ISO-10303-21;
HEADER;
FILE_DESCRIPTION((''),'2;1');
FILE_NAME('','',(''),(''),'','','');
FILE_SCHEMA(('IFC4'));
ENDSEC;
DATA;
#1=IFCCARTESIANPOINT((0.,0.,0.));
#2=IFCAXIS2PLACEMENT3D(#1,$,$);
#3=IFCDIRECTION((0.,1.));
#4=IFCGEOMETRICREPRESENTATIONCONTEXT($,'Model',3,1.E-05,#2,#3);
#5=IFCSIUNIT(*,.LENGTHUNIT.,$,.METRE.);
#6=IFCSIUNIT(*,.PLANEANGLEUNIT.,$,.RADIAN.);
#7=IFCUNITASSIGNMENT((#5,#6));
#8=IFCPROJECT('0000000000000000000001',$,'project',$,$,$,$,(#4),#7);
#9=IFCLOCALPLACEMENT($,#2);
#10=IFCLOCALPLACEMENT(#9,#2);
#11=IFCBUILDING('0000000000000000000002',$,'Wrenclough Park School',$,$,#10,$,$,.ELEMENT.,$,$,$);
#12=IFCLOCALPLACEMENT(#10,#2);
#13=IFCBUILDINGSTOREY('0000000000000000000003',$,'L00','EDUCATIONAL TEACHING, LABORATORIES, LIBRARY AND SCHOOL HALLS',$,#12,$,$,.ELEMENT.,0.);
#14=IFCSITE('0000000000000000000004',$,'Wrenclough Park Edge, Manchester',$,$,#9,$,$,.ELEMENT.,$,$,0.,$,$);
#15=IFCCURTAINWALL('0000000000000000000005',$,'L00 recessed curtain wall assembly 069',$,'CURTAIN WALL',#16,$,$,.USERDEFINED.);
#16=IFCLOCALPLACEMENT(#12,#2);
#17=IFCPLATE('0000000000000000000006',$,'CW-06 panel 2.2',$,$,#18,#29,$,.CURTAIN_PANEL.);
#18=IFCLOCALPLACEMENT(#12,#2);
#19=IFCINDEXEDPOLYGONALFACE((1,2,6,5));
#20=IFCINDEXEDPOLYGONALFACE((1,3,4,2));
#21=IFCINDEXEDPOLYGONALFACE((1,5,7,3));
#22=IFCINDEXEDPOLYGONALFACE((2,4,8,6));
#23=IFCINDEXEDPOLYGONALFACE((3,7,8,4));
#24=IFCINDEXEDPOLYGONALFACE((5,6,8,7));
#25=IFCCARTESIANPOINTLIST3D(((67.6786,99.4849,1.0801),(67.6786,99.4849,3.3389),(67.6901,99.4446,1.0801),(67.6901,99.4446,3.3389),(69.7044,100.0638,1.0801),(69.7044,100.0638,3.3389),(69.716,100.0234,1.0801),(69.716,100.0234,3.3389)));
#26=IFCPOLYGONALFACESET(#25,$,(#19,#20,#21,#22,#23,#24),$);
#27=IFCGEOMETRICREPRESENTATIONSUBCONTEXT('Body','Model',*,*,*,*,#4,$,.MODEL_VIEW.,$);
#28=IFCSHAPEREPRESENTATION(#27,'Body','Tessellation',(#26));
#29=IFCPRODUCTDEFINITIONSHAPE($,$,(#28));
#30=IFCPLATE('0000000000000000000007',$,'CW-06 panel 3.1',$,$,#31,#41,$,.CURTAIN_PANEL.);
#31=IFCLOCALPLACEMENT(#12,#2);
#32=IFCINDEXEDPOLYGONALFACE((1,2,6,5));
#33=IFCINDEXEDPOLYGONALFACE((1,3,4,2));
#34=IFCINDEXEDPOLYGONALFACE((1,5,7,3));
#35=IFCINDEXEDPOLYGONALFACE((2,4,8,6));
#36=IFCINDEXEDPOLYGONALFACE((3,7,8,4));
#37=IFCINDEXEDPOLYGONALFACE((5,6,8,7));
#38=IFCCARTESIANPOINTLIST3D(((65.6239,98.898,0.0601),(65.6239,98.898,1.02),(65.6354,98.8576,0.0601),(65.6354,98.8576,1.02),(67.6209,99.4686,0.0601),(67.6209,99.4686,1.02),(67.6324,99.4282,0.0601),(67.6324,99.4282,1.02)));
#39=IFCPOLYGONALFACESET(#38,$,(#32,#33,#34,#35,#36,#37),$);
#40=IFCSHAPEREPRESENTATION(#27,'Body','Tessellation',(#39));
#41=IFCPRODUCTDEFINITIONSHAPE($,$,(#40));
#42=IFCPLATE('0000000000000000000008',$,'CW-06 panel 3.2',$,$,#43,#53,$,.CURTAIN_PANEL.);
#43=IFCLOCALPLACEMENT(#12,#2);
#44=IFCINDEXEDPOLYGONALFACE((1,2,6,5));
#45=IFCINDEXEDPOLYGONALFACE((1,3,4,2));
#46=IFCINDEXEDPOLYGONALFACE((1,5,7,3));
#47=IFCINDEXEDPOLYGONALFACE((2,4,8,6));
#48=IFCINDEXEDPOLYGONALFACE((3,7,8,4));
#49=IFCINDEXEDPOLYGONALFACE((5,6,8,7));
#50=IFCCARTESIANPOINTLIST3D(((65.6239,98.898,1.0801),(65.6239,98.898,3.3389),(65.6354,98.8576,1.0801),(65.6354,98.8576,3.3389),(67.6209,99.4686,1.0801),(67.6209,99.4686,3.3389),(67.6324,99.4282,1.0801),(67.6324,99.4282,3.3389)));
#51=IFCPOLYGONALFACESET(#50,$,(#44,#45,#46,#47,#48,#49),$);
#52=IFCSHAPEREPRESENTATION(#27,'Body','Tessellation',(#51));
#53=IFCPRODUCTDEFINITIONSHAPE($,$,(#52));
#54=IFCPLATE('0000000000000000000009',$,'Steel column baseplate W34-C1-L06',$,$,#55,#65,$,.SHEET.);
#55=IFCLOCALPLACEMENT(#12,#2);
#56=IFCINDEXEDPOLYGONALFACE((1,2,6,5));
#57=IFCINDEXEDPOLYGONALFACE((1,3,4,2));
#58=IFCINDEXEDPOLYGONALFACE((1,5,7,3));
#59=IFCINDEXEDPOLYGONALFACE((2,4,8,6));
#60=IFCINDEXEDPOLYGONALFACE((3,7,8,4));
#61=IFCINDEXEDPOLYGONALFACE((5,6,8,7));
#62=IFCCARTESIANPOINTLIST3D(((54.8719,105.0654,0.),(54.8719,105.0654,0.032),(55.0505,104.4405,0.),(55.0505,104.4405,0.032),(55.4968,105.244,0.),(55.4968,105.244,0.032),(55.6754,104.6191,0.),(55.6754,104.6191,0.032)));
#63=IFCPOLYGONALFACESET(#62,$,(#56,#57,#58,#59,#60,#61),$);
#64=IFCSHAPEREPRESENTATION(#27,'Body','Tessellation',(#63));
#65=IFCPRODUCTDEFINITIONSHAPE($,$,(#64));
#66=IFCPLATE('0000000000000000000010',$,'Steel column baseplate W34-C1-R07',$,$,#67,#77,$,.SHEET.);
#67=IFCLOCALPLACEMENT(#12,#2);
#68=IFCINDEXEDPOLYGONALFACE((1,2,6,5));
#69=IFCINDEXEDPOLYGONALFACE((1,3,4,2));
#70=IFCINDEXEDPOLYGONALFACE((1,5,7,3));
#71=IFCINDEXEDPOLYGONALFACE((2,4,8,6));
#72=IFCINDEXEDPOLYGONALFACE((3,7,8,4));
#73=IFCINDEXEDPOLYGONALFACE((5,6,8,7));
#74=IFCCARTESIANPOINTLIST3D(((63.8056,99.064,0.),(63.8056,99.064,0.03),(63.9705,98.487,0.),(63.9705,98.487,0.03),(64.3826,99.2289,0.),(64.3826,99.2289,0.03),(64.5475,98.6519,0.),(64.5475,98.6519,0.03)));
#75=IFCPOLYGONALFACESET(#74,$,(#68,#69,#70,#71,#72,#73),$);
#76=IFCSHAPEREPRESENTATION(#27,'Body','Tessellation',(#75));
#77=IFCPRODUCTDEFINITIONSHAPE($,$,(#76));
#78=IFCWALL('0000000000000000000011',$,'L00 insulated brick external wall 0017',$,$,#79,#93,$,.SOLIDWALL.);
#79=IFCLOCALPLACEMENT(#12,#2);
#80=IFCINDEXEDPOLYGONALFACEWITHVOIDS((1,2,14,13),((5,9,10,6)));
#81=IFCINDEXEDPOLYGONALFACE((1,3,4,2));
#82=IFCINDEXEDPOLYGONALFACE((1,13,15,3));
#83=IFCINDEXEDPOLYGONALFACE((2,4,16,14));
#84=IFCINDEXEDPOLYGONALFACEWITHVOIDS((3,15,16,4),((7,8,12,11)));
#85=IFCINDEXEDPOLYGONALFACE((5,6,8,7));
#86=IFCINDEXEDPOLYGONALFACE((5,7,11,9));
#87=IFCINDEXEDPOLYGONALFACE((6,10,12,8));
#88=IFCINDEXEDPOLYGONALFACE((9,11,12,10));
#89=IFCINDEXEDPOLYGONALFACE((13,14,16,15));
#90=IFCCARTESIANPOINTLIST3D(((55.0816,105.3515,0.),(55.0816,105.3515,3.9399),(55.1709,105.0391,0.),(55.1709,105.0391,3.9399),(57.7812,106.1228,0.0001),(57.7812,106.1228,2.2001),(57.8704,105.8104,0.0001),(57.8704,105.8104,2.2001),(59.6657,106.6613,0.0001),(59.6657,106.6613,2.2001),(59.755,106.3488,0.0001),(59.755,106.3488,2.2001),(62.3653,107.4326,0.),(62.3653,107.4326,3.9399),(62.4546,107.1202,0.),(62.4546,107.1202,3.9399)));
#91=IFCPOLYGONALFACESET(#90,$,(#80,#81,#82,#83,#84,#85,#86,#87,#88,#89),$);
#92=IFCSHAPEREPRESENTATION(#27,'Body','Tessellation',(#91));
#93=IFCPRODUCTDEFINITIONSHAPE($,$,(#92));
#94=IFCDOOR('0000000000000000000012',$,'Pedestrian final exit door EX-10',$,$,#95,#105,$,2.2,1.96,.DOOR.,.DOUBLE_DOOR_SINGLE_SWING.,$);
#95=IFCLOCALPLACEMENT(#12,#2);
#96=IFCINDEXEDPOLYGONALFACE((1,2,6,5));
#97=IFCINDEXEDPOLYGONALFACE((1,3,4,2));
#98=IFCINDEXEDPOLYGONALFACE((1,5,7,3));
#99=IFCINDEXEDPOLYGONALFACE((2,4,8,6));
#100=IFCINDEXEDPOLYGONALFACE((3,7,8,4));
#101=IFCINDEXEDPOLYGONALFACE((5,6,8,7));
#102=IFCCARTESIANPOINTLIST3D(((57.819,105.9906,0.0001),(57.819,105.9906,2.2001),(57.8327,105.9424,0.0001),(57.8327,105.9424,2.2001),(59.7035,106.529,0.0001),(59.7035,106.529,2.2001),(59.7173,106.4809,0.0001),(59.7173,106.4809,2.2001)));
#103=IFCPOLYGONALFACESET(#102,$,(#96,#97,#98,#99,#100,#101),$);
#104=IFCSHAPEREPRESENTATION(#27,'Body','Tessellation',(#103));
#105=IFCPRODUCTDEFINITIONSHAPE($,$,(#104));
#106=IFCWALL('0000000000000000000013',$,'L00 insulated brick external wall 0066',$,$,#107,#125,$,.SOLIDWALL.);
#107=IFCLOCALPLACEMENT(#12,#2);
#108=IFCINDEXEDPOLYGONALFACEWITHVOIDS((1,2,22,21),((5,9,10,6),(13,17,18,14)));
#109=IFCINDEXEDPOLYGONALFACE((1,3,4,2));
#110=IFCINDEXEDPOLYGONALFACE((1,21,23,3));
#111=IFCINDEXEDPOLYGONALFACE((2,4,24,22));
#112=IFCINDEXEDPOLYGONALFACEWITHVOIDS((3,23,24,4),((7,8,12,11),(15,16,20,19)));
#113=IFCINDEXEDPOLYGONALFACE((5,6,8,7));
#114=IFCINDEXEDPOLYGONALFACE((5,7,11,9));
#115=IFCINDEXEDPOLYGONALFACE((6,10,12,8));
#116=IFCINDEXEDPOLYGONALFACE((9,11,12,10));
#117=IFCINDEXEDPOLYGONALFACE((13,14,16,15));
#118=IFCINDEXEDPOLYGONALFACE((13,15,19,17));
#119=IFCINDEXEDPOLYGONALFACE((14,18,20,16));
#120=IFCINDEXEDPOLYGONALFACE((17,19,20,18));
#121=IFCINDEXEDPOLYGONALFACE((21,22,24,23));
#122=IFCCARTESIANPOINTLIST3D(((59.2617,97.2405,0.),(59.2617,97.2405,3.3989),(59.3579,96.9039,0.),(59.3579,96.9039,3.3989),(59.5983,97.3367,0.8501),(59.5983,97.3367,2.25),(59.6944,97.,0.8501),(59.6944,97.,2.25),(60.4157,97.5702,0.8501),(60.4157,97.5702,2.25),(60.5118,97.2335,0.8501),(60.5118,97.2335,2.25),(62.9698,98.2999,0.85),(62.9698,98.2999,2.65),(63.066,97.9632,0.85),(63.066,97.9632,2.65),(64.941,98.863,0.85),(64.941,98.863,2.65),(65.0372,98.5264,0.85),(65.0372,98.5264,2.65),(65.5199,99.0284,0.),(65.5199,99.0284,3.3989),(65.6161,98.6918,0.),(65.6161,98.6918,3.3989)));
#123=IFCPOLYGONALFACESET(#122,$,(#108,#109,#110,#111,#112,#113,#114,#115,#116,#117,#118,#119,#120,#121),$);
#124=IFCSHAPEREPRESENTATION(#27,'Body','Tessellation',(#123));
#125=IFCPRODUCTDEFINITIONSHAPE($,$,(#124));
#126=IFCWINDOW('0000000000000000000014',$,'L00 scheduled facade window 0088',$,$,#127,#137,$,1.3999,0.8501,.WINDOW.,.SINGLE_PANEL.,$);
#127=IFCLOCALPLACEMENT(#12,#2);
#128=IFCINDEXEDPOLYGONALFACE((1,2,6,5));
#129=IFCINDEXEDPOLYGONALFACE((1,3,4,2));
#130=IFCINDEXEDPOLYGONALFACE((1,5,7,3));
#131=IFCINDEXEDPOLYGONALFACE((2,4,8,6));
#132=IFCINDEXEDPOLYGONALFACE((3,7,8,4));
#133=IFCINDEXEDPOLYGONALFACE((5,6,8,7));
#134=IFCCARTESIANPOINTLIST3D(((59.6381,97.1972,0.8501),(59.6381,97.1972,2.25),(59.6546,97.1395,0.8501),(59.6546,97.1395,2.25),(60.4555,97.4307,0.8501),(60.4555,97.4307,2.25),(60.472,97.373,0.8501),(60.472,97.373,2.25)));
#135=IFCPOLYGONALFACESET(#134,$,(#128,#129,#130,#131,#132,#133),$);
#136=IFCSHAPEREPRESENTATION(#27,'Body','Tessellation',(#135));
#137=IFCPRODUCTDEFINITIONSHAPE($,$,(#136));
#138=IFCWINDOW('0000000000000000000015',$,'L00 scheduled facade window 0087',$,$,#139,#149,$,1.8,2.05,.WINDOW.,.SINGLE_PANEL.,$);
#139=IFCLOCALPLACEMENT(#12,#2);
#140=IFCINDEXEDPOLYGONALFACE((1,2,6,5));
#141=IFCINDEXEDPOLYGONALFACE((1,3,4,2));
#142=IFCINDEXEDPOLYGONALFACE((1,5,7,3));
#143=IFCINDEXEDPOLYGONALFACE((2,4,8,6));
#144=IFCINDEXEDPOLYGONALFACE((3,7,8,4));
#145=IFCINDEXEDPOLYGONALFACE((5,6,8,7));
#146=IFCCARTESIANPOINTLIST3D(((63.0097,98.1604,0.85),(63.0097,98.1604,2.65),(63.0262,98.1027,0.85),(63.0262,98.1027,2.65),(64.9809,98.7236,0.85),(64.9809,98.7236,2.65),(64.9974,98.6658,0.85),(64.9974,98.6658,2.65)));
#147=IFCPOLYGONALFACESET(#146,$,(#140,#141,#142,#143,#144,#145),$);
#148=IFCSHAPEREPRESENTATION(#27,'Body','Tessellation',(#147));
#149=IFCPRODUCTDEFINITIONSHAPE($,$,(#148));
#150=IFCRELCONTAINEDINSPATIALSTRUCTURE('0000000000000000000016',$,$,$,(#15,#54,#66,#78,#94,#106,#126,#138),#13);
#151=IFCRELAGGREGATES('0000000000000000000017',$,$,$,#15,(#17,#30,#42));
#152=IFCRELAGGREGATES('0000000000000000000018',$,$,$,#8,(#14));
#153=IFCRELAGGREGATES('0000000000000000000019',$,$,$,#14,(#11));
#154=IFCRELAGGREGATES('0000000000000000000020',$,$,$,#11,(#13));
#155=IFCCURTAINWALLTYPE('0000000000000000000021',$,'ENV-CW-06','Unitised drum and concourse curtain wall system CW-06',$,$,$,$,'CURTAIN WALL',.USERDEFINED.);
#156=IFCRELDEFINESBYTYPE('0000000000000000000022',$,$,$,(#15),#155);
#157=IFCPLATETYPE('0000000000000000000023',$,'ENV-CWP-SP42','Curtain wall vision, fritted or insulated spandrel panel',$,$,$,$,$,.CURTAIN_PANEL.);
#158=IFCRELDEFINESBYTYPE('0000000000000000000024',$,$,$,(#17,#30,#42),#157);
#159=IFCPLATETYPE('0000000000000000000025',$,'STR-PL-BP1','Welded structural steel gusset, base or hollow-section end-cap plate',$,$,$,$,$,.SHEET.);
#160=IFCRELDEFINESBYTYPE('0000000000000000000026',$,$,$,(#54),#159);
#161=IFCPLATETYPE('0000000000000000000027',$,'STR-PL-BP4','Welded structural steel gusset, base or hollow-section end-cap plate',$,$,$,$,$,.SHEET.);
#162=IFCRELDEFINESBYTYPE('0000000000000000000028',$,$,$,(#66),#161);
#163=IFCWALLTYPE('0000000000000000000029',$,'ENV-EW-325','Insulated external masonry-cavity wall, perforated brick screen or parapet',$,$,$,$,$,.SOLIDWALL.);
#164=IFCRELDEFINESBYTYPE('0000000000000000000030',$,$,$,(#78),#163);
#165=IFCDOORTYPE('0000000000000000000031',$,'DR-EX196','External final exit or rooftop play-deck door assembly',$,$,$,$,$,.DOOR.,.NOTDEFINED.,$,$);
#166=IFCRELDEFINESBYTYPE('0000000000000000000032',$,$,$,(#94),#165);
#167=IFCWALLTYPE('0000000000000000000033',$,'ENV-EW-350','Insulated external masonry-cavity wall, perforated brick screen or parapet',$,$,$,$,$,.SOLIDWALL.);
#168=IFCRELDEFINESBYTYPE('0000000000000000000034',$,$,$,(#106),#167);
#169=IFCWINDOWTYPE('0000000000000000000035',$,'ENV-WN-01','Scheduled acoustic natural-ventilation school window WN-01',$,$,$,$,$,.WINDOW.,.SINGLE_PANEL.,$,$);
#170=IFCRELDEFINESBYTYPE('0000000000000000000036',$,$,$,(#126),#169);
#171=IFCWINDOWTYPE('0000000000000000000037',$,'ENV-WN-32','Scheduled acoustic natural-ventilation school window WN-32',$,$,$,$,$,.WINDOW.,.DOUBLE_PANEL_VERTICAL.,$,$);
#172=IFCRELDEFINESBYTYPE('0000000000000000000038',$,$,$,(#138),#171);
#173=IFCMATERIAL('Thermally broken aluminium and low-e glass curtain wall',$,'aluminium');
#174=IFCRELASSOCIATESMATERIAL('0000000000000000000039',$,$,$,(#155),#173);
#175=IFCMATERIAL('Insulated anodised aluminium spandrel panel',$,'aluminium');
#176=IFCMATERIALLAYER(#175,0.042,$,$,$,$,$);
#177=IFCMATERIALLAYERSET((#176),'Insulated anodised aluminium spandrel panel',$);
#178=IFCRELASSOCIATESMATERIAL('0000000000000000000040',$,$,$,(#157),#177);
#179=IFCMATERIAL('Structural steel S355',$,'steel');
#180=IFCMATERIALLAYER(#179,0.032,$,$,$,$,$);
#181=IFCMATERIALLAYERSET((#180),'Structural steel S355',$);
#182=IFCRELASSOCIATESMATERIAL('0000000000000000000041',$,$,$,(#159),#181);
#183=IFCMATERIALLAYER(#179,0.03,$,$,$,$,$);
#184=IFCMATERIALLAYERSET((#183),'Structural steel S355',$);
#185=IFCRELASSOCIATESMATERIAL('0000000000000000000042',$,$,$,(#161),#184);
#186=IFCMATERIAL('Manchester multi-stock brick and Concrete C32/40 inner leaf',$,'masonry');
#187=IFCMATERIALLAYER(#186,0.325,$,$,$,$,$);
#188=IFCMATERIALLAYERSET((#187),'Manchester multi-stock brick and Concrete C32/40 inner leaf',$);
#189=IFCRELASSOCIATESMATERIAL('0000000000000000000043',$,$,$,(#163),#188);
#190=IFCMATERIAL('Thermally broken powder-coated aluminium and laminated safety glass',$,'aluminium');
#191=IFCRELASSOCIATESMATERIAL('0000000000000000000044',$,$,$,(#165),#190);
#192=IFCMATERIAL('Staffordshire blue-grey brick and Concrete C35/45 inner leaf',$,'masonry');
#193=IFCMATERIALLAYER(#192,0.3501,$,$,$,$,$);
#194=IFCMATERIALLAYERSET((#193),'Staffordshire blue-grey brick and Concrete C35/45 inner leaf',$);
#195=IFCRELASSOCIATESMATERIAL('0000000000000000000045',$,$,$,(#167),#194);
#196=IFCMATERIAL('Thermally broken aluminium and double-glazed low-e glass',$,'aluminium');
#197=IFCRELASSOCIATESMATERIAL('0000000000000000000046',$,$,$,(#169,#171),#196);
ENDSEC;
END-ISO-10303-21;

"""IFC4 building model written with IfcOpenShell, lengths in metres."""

from ifc_helpers import new_model, si_unit, direction, frame, frame_2d, origin, origin_2d, place, context, subcontext, project, spatial, rectangle, extrude, material, layer, layer_set, type_object, element, fill, aggregate, save


model = new_model("IFC4")

# Units and contexts
model_context = context("Model", 3, precision=1e-05, world=origin(), true_north=direction((0.0, 1.0)))
body_context = subcontext(model_context, "Body", "Model", "MODEL_VIEW")
ifc_project = project(units=[si_unit("LENGTHUNIT", "METRE"), si_unit("PLANEANGLEUNIT", "RADIAN")], contexts=[model_context])

# Site, building, storey
site_placement = place(None, origin())
site = spatial("IfcSite", under=ifc_project, at=site_placement, Name="Wrenclough Park Edge, Manchester", CompositionType="ELEMENT", RefElevation=0.0)
building_placement = place(site_placement, origin())
building = spatial("IfcBuilding", under=site, at=building_placement, Name="Wrenclough Park School", CompositionType="ELEMENT")
storey_placement = place(building_placement, origin())
storey = spatial("IfcBuildingStorey", under=building, at=storey_placement, Name="L00", Description="EDUCATIONAL TEACHING, LABORATORIES, LIBRARY AND SCHOOL HALLS", CompositionType="ELEMENT", Elevation=0.0)

# Shared definitions
ifc_material_1 = material(Name="Structural steel S355", Category="steel")

# Curtain wall
ifc_material_2 = material(Name="Thermally broken aluminium and low-e glass curtain wall", Category="aluminium")
curtain_wall_type_1 = type_object("IfcCurtainWallType", Name="ENV-CW-06", Description="Unitised drum and concourse curtain wall system CW-06", ElementType="CURTAIN WALL", PredefinedType="USERDEFINED", material=ifc_material_2)
curtain_wall_1_placement = place(storey_placement, origin())
curtain_wall_1 = element("IfcCurtainWall", 1, at=curtain_wall_1_placement, inside=storey, type_object=curtain_wall_type_1, Name="L00 recessed curtain wall assembly 069", ObjectType="CURTAIN WALL", PredefinedType="USERDEFINED")

# Plates
ifc_material_3 = material(Name="Insulated anodised aluminium spandrel panel", Category="aluminium")
ifc_layer_1 = layer(ifc_material_3, 0.042)
ifc_layer_set_1 = layer_set([ifc_layer_1], Name="Insulated anodised aluminium spandrel panel")
plate_type_1 = type_object("IfcPlateType", Name="ENV-CWP-SP42", Description="Curtain wall vision, fritted or insulated spandrel panel", PredefinedType="CURTAIN_PANEL", material=ifc_layer_set_1)
plate_1_placement = place(storey_placement, frame((68.6973, 99.7542, 1.0801), z_axis=(0.0, 0.0, 1.0), x_axis=(-0.961523, -0.274723, 0.0)))
plate_1 = element("IfcPlate", 2, at=plate_1_placement, type_object=plate_type_1, Name="CW-06 panel 2.2", PredefinedType="CURTAIN_PANEL", context=body_context, shape_type="SweptSolid", body=[
    extrude(rectangle(XDim=2.1069, YDim=0.042, at=origin_2d()), origin(), (0.0, 0.0, 1.0), 2.2588),
])
plate_2_placement = place(storey_placement, frame((66.6282, 99.1631, 0.0601), z_axis=(0.0, 0.0, 1.0), x_axis=(-0.961523, -0.274723, 0.0)))
plate_2 = element("IfcPlate", 3, at=plate_2_placement, type_object=plate_type_1, Name="CW-06 panel 3.1", PredefinedType="CURTAIN_PANEL", context=body_context, shape_type="SweptSolid", body=[
    extrude(rectangle(XDim=2.0769, YDim=0.042, at=origin_2d()), origin(), (0.0, 0.0, 1.0), 0.96),
])
plate_3_placement = place(storey_placement, frame((66.6282, 99.1631, 1.0801), z_axis=(0.0, 0.0, 1.0), x_axis=(-0.961523, -0.274723, 0.0)))
plate_3 = element("IfcPlate", 4, at=plate_3_placement, type_object=plate_type_1, Name="CW-06 panel 3.2", PredefinedType="CURTAIN_PANEL", context=body_context, shape_type="SweptSolid", body=[
    extrude(rectangle(XDim=2.0769, YDim=0.042, at=origin_2d()), origin(), (0.0, 0.0, 1.0), 2.2588),
])
aggregate(curtain_wall_1, [plate_1, plate_2, plate_3])

# Plates
ifc_layer_2 = layer(ifc_material_1, 0.032)
ifc_layer_set_2 = layer_set([ifc_layer_2], Name="Structural steel S355")
plate_type_2 = type_object("IfcPlateType", Name="STR-PL-BP1", Description="Welded structural steel gusset, base or hollow-section end-cap plate", PredefinedType="SHEET", material=ifc_layer_set_2)
plate_4_placement = place(storey_placement, frame((55.2737, 104.8423, 0.0), z_axis=(0.0, 0.0, 1.0), x_axis=(0.961502, 0.274798, 0.0)))
element("IfcPlate", 5, at=plate_4_placement, inside=storey, type_object=plate_type_2, Name="Steel column baseplate W34-C1-L06", PredefinedType="SHEET", context=body_context, shape_type="SweptSolid", body=[
    extrude(rectangle(XDim=0.6499, YDim=0.6499, at=origin_2d()), origin(), (0.0, 0.0, 1.0), 0.032),
])
ifc_layer_3 = layer(ifc_material_1, 0.03)
ifc_layer_set_3 = layer_set([ifc_layer_3], Name="Structural steel S355")
plate_type_3 = type_object("IfcPlateType", Name="STR-PL-BP4", Description="Welded structural steel gusset, base or hollow-section end-cap plate", PredefinedType="SHEET", material=ifc_layer_set_3)
plate_5_placement = place(storey_placement, frame((64.1765, 98.8579, 0.0), z_axis=(0.0, 0.0, 1.0), x_axis=(0.961502, 0.274798, 0.0)))
element("IfcPlate", 6, at=plate_5_placement, inside=storey, type_object=plate_type_3, Name="Steel column baseplate W34-C1-R07", PredefinedType="SHEET", context=body_context, shape_type="SweptSolid", body=[
    extrude(rectangle(XDim=0.6001, YDim=0.6001, at=origin_2d()), origin(), (0.0, 0.0, 1.0), 0.03),
])

# Wall, opening, door
ifc_material_4 = material(Name="Manchester multi-stock brick and Concrete C32/40 inner leaf", Category="masonry")
ifc_layer_4 = layer(ifc_material_4, 0.325)
ifc_layer_set_4 = layer_set([ifc_layer_4], Name="Manchester multi-stock brick and Concrete C32/40 inner leaf")
wall_type_1 = type_object("IfcWallType", Name="ENV-EW-325", Description="Insulated external masonry-cavity wall, perforated brick screen or parapet", PredefinedType="SOLIDWALL", material=ifc_layer_set_4)
wall_1_placement = place(storey_placement, frame((55.1262, 105.1953, 0.0), z_axis=(0.0, 0.0, 1.0), x_axis=(0.961524, 0.274721, 0.0)))
wall_1 = element("IfcWall", 7, at=wall_1_placement, inside=storey, type_object=wall_type_1, Name="L00 insulated brick external wall 0017", PredefinedType="SOLIDWALL", context=body_context, shape_type="SweptSolid", body=[
    extrude(rectangle(XDim=7.5752, YDim=0.325, at=frame_2d((3.7876, 0.0))), origin(), (0.0, 0.0, 1.0), 3.9399),
])
opening_1_placement = place(wall_1_placement, frame((2.8076, 0.0, 0.0)))
opening_1 = element("IfcOpeningElement", 8, at=opening_1_placement, cuts=wall_1, PredefinedType="OPENING", context=body_context, shape_type="SweptSolid", body=[
    extrude(rectangle(XDim=1.96, YDim=2.2, at=frame_2d((0.98, 1.1001))), frame((0.0, 0.1724, 0.0), z_axis=(0.0, -1.0, 0.0), x_axis=(1.0, 0.0, 0.0)), (0.0, 0.0, 1.0), 0.345),
])
ifc_material_5 = material(Name="Thermally broken powder-coated aluminium and laminated safety glass", Category="aluminium")
door_type_1 = type_object("IfcDoorType", Name="DR-EX196", Description="External final exit or rooftop play-deck door assembly", OperationType="NOTDEFINED", PredefinedType="DOOR", material=ifc_material_5)
door_1_placement = place(opening_1_placement, origin())
door_1 = element("IfcDoor", 9, at=door_1_placement, inside=storey, type_object=door_type_1, Name="Pedestrian final exit door EX-10", OperationType="DOUBLE_DOOR_SINGLE_SWING", OverallHeight=2.2, OverallWidth=1.96, PredefinedType="DOOR", context=body_context, shape_type="SweptSolid", body=[
    extrude(rectangle(XDim=1.96, YDim=2.2, at=frame_2d((0.98, 1.1001))), frame((0.0, 0.0249, 0.0), z_axis=(0.0, -1.0, 0.0), x_axis=(1.0, 0.0, 0.0)), (0.0, 0.0, 1.0), 0.05),
])
fill(opening_1, door_1)

# Wall, openings, windows
ifc_material_6 = material(Name="Staffordshire blue-grey brick and Concrete C35/45 inner leaf", Category="masonry")
ifc_layer_5 = layer(ifc_material_6, 0.3501)
ifc_layer_set_5 = layer_set([ifc_layer_5], Name="Staffordshire blue-grey brick and Concrete C35/45 inner leaf")
wall_type_2 = type_object("IfcWallType", Name="ENV-EW-350", Description="Insulated external masonry-cavity wall, perforated brick screen or parapet", PredefinedType="SOLIDWALL", material=ifc_layer_set_5)
wall_2_placement = place(storey_placement, frame((65.5681, 98.8601, 0.0), z_axis=(0.0, 0.0, 1.0), x_axis=(-0.961531, -0.274696, 0.0)))
wall_2 = element("IfcWall", 10, at=wall_2_placement, inside=storey, type_object=wall_type_2, Name="L00 insulated brick external wall 0066", PredefinedType="SOLIDWALL", context=body_context, shape_type="SweptSolid", body=[
    extrude(rectangle(XDim=6.5085, YDim=0.3501, at=frame_2d((3.2544, 0.0))), origin(), (0.0, 0.0, 1.0), 3.3989),
])
opening_2_placement = place(wall_2_placement, frame((0.6023, 0.0, 0.8501)))
opening_2 = element("IfcOpeningElement", 11, at=opening_2_placement, cuts=wall_2, PredefinedType="OPENING", context=body_context, shape_type="SweptSolid", body=[
    extrude(rectangle(XDim=2.05, YDim=1.8, at=frame_2d((1.0249, 0.8999))), frame((0.0, 0.1851, 0.0), z_axis=(0.0, -1.0, 0.0), x_axis=(1.0, 0.0, 0.0)), (0.0, 0.0, 1.0), 0.3701),
])
opening_3_placement = place(wall_2_placement, frame((5.3086, 0.0, 0.8501)))
opening_3 = element("IfcOpeningElement", 12, at=opening_3_placement, cuts=wall_2, PredefinedType="OPENING", context=body_context, shape_type="SweptSolid", body=[
    extrude(rectangle(XDim=0.8501, YDim=1.3999, at=frame_2d((0.425, 0.7))), frame((0.0, 0.1851, 0.0), z_axis=(0.0, -1.0, 0.0), x_axis=(1.0, 0.0, 0.0)), (0.0, 0.0, 1.0), 0.3701),
])
ifc_material_7 = material(Name="Thermally broken aluminium and double-glazed low-e glass", Category="aluminium")
window_type_1 = type_object("IfcWindowType", Name="ENV-WN-01", Description="Scheduled acoustic natural-ventilation school window WN-01", PartitioningType="SINGLE_PANEL", PredefinedType="WINDOW", material=ifc_material_7)
window_1_placement = place(opening_3_placement, origin())
window_1 = element("IfcWindow", 13, at=window_1_placement, inside=storey, type_object=window_type_1, Name="L00 scheduled facade window 0088", OverallHeight=1.3999, OverallWidth=0.8501, PartitioningType="SINGLE_PANEL", PredefinedType="WINDOW", context=body_context, shape_type="SweptSolid", body=[
    extrude(rectangle(XDim=0.8501, YDim=1.3999, at=frame_2d((0.425, 0.7))), frame((0.0, 0.03, 0.0), z_axis=(0.0, -1.0, 0.0), x_axis=(1.0, 0.0, 0.0)), (0.0, 0.0, 1.0), 0.0601),
])
fill(opening_3, window_1)
window_type_2 = type_object("IfcWindowType", Name="ENV-WN-32", Description="Scheduled acoustic natural-ventilation school window WN-32", PartitioningType="DOUBLE_PANEL_VERTICAL", PredefinedType="WINDOW", material=ifc_material_7)
window_2_placement = place(opening_2_placement, origin())
window_2 = element("IfcWindow", 14, at=window_2_placement, inside=storey, type_object=window_type_2, Name="L00 scheduled facade window 0087", OverallHeight=1.8, OverallWidth=2.05, PartitioningType="SINGLE_PANEL", PredefinedType="WINDOW", context=body_context, shape_type="SweptSolid", body=[
    extrude(rectangle(XDim=2.05, YDim=1.8, at=frame_2d((1.0249, 0.8999))), frame((0.0, 0.03, 0.0), z_axis=(0.0, -1.0, 0.0), x_axis=(1.0, 0.0, 0.0)), (0.0, 0.0, 1.0), 0.0601),
])
fill(opening_2, window_2)

save(model, "model.ifc")
